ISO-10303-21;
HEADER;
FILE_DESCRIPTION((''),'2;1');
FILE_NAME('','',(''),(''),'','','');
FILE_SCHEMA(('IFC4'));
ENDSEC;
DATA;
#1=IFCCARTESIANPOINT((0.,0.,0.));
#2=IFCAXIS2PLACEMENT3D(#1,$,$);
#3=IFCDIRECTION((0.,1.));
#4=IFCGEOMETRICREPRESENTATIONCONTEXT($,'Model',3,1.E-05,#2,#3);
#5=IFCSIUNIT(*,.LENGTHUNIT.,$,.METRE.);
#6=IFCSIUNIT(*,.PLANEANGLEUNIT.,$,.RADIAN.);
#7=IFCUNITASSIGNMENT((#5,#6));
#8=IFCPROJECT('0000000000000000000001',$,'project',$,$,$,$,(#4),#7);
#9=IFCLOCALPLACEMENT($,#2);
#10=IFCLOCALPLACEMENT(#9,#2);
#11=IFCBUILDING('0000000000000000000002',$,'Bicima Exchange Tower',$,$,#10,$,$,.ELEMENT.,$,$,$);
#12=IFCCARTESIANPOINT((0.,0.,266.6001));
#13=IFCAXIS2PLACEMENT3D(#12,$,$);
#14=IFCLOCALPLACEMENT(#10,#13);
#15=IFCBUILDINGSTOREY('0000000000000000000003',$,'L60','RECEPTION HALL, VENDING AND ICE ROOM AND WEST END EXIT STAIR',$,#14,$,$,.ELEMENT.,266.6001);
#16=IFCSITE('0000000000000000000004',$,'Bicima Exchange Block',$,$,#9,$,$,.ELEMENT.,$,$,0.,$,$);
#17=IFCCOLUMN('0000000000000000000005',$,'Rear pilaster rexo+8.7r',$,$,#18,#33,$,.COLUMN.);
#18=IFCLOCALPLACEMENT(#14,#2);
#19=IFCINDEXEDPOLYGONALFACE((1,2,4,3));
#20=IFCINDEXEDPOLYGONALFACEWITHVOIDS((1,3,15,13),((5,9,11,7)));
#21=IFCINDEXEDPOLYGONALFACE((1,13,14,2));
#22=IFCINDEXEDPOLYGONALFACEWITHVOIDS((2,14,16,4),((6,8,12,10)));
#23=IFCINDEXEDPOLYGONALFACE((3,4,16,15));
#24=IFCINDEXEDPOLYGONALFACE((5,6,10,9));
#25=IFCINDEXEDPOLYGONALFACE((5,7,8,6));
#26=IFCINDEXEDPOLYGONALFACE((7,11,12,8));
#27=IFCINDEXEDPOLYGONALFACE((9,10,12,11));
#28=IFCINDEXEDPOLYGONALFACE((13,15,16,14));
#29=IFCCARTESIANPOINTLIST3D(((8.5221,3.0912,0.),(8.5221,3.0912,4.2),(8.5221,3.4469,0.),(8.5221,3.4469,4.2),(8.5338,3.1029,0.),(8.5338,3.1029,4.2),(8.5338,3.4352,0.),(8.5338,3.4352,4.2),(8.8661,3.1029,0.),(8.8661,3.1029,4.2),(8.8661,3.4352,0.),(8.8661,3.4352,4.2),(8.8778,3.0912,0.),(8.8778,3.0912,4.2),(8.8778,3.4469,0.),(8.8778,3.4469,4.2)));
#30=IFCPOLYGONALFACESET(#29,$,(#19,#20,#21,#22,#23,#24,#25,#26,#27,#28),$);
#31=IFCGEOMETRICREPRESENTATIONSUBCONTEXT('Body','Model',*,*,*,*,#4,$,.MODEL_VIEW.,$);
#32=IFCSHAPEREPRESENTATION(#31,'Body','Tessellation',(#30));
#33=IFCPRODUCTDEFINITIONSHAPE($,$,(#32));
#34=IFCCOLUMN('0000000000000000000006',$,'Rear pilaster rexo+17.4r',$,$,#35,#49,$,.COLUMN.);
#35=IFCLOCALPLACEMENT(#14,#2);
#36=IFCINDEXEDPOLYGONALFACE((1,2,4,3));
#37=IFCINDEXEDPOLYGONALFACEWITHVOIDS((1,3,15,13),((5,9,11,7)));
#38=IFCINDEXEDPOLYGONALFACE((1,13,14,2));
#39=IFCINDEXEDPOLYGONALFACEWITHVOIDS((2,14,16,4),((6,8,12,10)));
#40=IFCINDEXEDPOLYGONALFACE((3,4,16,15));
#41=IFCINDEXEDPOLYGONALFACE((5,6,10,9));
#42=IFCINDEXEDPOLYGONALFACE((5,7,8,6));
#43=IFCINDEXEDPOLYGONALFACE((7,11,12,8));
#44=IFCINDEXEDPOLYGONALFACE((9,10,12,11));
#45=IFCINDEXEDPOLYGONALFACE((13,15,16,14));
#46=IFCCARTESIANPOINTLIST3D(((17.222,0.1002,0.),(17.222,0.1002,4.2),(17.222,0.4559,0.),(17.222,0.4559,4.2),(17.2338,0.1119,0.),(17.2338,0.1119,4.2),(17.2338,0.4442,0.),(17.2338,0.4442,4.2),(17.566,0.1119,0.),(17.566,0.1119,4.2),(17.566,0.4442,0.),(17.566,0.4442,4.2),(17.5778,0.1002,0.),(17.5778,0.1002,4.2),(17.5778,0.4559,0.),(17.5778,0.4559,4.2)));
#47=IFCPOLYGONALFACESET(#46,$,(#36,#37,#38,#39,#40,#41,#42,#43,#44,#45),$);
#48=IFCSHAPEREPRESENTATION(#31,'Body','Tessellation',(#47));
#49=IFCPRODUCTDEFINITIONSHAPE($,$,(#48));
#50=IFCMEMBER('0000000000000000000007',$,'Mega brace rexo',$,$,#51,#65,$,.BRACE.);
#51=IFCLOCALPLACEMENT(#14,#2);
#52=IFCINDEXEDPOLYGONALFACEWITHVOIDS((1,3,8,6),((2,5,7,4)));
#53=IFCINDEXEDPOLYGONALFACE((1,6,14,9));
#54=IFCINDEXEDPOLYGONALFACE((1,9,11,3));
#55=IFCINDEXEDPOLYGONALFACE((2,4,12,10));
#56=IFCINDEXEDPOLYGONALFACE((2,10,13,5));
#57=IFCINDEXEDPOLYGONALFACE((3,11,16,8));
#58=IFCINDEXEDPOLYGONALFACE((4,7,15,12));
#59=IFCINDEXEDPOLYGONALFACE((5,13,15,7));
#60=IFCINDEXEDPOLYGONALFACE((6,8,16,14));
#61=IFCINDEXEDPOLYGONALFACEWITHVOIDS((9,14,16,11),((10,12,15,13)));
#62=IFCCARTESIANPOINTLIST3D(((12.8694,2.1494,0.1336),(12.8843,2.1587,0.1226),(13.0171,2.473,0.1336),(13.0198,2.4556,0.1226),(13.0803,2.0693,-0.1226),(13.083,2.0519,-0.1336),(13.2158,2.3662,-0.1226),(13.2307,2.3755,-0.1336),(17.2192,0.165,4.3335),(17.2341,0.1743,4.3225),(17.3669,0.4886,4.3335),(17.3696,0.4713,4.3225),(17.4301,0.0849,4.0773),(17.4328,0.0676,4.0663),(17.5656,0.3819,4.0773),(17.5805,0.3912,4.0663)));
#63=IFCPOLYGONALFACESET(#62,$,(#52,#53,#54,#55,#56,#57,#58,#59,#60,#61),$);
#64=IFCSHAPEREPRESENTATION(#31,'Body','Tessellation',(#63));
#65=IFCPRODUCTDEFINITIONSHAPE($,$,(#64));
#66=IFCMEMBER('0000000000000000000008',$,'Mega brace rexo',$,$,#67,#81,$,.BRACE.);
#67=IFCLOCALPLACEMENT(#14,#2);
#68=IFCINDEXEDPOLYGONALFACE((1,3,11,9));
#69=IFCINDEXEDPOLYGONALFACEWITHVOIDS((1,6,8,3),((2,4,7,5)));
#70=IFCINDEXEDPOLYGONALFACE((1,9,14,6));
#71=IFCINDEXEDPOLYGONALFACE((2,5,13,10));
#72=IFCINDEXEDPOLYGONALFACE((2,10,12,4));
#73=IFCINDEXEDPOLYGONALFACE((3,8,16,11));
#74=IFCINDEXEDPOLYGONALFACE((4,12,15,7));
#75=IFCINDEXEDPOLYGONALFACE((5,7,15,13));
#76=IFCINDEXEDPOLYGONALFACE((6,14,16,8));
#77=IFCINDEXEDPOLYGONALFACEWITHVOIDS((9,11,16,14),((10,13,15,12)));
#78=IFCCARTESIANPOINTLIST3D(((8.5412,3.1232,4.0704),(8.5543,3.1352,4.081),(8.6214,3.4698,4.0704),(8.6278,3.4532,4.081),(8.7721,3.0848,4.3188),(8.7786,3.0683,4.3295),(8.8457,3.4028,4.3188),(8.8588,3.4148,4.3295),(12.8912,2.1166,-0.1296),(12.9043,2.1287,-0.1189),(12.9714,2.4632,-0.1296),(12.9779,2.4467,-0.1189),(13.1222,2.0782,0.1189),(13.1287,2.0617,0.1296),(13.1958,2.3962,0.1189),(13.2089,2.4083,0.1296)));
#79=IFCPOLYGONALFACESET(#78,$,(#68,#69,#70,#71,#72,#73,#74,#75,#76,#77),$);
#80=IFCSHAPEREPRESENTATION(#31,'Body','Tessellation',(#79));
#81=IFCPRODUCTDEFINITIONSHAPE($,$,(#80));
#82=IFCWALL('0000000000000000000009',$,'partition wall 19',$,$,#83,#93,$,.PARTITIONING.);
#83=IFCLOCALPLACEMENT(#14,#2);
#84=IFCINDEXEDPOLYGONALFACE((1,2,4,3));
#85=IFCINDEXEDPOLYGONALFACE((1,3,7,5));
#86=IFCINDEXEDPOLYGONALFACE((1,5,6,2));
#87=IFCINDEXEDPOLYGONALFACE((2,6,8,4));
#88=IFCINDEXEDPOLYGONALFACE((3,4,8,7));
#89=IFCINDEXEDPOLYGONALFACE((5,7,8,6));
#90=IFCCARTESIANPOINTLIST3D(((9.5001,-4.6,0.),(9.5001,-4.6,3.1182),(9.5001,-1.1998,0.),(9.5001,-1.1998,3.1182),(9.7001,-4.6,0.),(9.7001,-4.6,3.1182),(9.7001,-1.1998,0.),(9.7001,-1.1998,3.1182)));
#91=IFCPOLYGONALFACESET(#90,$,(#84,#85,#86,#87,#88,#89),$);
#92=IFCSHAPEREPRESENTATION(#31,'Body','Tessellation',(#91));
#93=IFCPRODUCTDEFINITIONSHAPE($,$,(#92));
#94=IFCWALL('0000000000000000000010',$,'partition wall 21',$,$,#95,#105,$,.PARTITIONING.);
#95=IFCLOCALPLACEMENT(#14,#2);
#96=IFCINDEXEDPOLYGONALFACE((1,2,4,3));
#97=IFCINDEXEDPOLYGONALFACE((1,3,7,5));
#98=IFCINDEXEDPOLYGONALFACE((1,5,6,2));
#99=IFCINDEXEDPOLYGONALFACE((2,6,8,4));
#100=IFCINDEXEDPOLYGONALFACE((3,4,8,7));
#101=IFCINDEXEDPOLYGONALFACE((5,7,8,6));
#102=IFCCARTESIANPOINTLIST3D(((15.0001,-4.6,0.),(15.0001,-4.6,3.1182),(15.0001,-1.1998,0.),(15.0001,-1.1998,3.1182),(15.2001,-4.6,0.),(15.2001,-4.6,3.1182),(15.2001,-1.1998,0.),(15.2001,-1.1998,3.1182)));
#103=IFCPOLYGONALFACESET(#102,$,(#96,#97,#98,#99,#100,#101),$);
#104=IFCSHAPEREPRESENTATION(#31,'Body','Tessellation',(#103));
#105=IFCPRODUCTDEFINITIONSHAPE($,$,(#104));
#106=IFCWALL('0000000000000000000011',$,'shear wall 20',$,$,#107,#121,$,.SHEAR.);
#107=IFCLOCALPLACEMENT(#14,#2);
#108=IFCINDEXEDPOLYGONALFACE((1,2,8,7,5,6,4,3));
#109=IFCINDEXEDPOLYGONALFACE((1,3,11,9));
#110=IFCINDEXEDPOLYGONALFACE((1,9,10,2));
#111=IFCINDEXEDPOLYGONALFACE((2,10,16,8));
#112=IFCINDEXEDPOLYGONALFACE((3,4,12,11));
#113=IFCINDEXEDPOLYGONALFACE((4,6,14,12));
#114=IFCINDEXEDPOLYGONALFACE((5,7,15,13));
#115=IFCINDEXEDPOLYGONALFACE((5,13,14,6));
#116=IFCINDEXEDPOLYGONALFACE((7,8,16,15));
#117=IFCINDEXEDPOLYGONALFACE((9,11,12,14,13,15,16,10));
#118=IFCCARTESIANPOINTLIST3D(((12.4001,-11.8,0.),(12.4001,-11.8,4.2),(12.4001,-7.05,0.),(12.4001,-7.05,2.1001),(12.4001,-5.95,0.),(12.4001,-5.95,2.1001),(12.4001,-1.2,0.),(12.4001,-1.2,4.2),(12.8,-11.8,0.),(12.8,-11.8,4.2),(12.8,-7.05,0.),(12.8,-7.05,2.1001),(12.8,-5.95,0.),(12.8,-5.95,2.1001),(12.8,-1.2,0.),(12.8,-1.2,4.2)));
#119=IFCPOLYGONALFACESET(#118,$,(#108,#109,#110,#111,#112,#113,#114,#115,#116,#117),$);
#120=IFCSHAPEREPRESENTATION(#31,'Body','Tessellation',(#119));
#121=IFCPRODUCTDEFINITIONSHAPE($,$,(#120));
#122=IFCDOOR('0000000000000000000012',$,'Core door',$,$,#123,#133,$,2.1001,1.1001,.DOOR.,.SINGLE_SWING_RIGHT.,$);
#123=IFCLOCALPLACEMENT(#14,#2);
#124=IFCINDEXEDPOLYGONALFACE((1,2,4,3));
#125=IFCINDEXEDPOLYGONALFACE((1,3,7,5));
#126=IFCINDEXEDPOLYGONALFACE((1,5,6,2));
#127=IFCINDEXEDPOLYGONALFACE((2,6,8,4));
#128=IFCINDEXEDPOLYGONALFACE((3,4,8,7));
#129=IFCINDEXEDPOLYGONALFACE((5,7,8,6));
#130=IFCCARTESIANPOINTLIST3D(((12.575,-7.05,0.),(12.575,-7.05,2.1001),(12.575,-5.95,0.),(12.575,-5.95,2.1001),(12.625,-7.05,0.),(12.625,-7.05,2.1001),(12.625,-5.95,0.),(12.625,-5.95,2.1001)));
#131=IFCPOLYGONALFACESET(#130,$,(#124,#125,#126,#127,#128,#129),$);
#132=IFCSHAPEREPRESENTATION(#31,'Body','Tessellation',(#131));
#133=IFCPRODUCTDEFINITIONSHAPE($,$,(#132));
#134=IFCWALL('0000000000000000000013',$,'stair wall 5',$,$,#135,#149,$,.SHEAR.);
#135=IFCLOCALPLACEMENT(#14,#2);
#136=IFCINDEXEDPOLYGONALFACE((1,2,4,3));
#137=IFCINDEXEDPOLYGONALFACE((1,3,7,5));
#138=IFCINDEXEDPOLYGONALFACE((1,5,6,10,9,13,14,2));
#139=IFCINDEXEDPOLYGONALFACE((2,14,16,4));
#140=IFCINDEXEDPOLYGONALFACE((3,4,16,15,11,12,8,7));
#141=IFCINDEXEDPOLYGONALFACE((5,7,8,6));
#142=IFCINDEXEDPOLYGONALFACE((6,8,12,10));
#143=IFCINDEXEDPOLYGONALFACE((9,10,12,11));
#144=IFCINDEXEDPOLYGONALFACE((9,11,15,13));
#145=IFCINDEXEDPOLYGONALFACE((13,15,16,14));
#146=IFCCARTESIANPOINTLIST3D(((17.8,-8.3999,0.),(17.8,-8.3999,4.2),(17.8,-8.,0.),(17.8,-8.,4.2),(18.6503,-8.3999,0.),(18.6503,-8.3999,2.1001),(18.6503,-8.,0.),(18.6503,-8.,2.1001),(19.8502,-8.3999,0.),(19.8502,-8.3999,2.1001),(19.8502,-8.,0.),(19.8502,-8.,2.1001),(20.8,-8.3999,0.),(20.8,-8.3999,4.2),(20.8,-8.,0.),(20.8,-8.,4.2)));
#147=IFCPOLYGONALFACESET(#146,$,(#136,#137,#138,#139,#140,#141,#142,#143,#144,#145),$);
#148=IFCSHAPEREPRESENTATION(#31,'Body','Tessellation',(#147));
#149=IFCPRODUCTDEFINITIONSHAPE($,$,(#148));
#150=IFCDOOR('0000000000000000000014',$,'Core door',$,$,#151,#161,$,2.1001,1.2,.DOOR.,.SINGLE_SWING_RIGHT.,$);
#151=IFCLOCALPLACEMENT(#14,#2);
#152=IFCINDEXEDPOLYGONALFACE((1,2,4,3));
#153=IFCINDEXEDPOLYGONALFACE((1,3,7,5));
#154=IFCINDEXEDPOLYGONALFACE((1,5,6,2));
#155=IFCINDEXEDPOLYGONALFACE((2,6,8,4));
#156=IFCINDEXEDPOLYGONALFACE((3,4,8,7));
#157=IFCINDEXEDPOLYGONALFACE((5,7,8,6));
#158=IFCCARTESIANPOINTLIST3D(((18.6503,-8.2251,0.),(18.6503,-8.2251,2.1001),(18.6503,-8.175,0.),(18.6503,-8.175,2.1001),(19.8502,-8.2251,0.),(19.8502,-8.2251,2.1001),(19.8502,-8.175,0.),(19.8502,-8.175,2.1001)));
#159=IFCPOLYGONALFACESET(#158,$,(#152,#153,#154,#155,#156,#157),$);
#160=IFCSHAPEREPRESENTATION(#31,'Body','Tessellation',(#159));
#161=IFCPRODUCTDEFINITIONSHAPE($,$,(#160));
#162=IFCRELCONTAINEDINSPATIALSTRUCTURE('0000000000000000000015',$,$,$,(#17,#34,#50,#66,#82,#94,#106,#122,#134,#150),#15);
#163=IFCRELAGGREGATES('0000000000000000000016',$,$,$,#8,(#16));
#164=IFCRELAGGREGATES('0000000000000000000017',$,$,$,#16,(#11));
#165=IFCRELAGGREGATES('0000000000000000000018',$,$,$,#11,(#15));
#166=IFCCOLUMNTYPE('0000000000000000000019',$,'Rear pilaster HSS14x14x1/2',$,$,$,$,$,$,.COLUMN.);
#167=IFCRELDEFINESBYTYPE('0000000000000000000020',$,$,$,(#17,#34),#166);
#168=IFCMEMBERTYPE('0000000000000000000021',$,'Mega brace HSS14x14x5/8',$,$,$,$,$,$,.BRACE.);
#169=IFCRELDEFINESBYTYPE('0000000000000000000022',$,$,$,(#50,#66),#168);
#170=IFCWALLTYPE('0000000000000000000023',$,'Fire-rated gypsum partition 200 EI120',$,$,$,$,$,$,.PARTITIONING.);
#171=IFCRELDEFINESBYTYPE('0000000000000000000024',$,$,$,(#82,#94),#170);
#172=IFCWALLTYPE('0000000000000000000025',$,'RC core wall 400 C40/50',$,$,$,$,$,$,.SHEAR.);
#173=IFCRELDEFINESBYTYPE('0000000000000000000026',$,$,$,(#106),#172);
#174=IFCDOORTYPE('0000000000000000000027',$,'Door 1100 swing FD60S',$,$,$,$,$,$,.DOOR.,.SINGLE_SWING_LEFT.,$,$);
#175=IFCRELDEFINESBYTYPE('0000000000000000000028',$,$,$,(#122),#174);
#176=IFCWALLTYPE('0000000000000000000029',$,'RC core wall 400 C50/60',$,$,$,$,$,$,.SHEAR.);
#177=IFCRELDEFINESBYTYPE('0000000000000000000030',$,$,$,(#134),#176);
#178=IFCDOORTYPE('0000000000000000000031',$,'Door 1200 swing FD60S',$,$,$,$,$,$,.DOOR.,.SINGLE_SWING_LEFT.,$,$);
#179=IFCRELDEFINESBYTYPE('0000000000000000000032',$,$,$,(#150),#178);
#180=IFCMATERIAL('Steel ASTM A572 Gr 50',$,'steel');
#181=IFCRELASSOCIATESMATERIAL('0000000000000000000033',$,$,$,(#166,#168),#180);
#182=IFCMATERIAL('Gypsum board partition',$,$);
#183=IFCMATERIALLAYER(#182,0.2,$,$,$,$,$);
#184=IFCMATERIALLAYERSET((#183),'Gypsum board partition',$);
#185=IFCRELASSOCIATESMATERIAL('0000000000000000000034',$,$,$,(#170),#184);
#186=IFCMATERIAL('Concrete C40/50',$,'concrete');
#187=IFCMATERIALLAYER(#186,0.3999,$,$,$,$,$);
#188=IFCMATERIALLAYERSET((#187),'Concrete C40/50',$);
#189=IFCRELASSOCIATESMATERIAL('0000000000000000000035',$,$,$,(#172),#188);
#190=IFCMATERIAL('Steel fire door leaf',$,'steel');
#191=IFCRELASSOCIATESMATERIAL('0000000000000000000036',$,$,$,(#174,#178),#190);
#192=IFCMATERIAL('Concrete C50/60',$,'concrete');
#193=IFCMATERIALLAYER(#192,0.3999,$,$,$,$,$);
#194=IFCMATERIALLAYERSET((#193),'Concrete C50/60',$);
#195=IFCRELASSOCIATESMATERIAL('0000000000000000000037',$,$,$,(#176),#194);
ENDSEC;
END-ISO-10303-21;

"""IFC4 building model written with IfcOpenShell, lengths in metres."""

from ifc_helpers import new_model, si_unit, direction, frame, frame_2d, origin, origin_2d, place, context, subcontext, project, spatial, rectangle, hollow_rectangle, extrude, material, layer, layer_set, material_profile, profile_set, type_object, element, fill, save


model = new_model("IFC4")

# Units and contexts
model_context = context("Model", 3, precision=1e-05, world=origin(), true_north=direction((0.0, 1.0)))
body_context = subcontext(model_context, "Body", "Model", "MODEL_VIEW")
ifc_project = project(units=[si_unit("LENGTHUNIT", "METRE"), si_unit("PLANEANGLEUNIT", "RADIAN")], contexts=[model_context])

# Site, building, storey
site_placement = place(None, origin())
site = spatial("IfcSite", under=ifc_project, at=site_placement, Name="Bicima Exchange Block", CompositionType="ELEMENT", RefElevation=0.0)
building_placement = place(site_placement, origin())
building = spatial("IfcBuilding", under=site, at=building_placement, Name="Bicima Exchange Tower", CompositionType="ELEMENT")
storey_placement = place(building_placement, frame((0.0, 0.0, 266.6001)))
storey = spatial("IfcBuildingStorey", under=building, at=storey_placement, Name="L60", Description="RECEPTION HALL, VENDING AND ICE ROOM AND WEST END EXIT STAIR", CompositionType="ELEMENT", Elevation=266.6001)

# Columns
ifc_material_1 = material(Name="Steel ASTM A572 Gr 50", Category="steel")
ifc_material_profile_1 = material_profile(ifc_material_1, hollow_rectangle(XDim=0.3557, YDim=0.3557, WallThickness=0.0117, at=origin_2d()))
ifc_profile_set_1 = profile_set([ifc_material_profile_1], Name="Steel ASTM A572 Gr 50")
column_type = type_object("IfcColumnType", Name="Rear pilaster HSS14x14x1/2", PredefinedType="COLUMN", material=ifc_profile_set_1)
for number, where, z_axis, x_axis, name in (
    (1, (8.7, 3.269, 0.0), (0.0, 0.0, 1.0), (1.0, 0.0, 0.0), "Rear pilaster rexo+8.7r"),
    (2, (17.3999, 0.2781, 0.0), (0.0, 0.0, 1.0), (1.0, 0.0, 0.0), "Rear pilaster rexo+17.4r"),
):
    element("IfcColumn", number, at=place(storey_placement, frame(where, z_axis=z_axis, x_axis=x_axis)), inside=storey, type_object=column_type, Name=name, PredefinedType="COLUMN", context=body_context, shape_type="SweptSolid", body=[
        extrude(hollow_rectangle(XDim=0.3557, YDim=0.3557, WallThickness=0.0117, at=origin_2d()), origin(), (0.0, 0.0, 1.0), 4.2),
    ])

# Members
ifc_material_profile_2 = material_profile(ifc_material_1, hollow_rectangle(XDim=0.3557, YDim=0.3557, WallThickness=0.0146, at=origin_2d()))
ifc_profile_set_2 = profile_set([ifc_material_profile_2], Name="Steel ASTM A572 Gr 50")
member_type = type_object("IfcMemberType", Name="Mega brace HSS14x14x5/8", PredefinedType="BRACE", material=ifc_profile_set_2)
member_1_placement = place(storey_placement, frame((13.05, 2.2625, 0.0), z_axis=(0.683526, -0.31182, 0.65997), x_axis=(0.415045, 0.909801, 0.0)))
element("IfcMember", 3, at=member_1_placement, inside=storey, type_object=member_type, Name="Mega brace rexo", PredefinedType="BRACE", context=body_context, shape_type="SweptSolid", body=[
    extrude(hollow_rectangle(XDim=0.3557, YDim=0.3557, WallThickness=0.0146, at=origin_2d()), origin(), (0.0, 0.0, 1.0), 6.3638),
])
member_2_placement = place(storey_placement, frame((13.05, 2.2625, 0.0), z_axis=(-0.709648, 0.164209, 0.685154), x_axis=(-0.225439, -0.974257, 0.0)))
element("IfcMember", 4, at=member_2_placement, inside=storey, type_object=member_type, Name="Mega brace rexo", PredefinedType="BRACE", context=body_context, shape_type="SweptSolid", body=[
    extrude(hollow_rectangle(XDim=0.3557, YDim=0.3557, WallThickness=0.0146, at=origin_2d()), origin(), (0.0, 0.0, 1.0), 6.1299),
])

# Walls
ifc_material_2 = material(Name="Gypsum board partition")
ifc_layer_1 = layer(ifc_material_2, 0.2)
ifc_layer_set_1 = layer_set([ifc_layer_1], Name="Gypsum board partition")
wall_type_1 = type_object("IfcWallType", Name="Fire-rated gypsum partition 200 EI120", PredefinedType="PARTITIONING", material=ifc_layer_set_1)
for number, where, z_axis, x_axis, name in (
    (5, (9.6001, -4.6001, 0.0), (0.0, 0.0, 1.0), (0.0, 1.0, 0.0), "partition wall 19"),
    (6, (15.1001, -4.6001, 0.0), (0.0, 0.0, 1.0), (0.0, 1.0, 0.0), "partition wall 21"),
):
    element("IfcWall", number, at=place(storey_placement, frame(where, z_axis=z_axis, x_axis=x_axis)), inside=storey, type_object=wall_type_1, Name=name, PredefinedType="PARTITIONING", context=body_context, shape_type="SweptSolid", body=[
        extrude(rectangle(XDim=3.4001, YDim=0.2, at=frame_2d((1.7002, 0.0))), origin(), (0.0, 0.0, 1.0), 3.1182),
    ])

# Walls, openings, doors
ifc_material_3 = material(Name="Concrete C40/50", Category="concrete")
ifc_layer_2 = layer(ifc_material_3, 0.3999)
ifc_layer_set_2 = layer_set([ifc_layer_2], Name="Concrete C40/50")
wall_type_2 = type_object("IfcWallType", Name="RC core wall 400 C40/50", PredefinedType="SHEAR", material=ifc_layer_set_2)
wall_1_placement = place(storey_placement, frame((12.6001, -11.8, 0.0), z_axis=(0.0, 0.0, 1.0), x_axis=(0.0, 1.0, 0.0)))
wall_1 = element("IfcWall", 7, at=wall_1_placement, inside=storey, type_object=wall_type_2, Name="shear wall 20", PredefinedType="SHEAR", context=body_context, shape_type="SweptSolid", body=[
    extrude(rectangle(XDim=10.6001, YDim=0.3999, at=frame_2d((5.3, 0.0))), origin(), (0.0, 0.0, 1.0), 4.2),
])
opening_1_placement = place(wall_1_placement, frame((4.75, 0.0, 0.0)))
opening_1 = element("IfcOpeningElement", 8, at=opening_1_placement, cuts=wall_1, PredefinedType="OPENING", context=body_context, shape_type="SweptSolid", body=[
    extrude(rectangle(XDim=1.1001, YDim=2.1001, at=frame_2d((0.55, 1.05))), frame((0.0, 0.2119, 0.0), z_axis=(0.0, -1.0, 0.0), x_axis=(1.0, 0.0, 0.0)), (0.0, 0.0, 1.0), 0.4238),
])
ifc_material_4 = material(Name="Steel fire door leaf", Category="steel")
door_type_1 = type_object("IfcDoorType", Name="Door 1100 swing FD60S", OperationType="SINGLE_SWING_LEFT", PredefinedType="DOOR", material=ifc_material_4)
door_1_placement = place(opening_1_placement, frame((1.1001, 0.0, 0.0), z_axis=(0.0, 0.0, 1.0), x_axis=(-1.0, 0.0, 0.0)))
door_1 = element("IfcDoor", 9, at=door_1_placement, inside=storey, type_object=door_type_1, Name="Core door", OperationType="SINGLE_SWING_RIGHT", OverallHeight=2.1001, OverallWidth=1.1001, PredefinedType="DOOR", context=body_context, shape_type="SweptSolid", body=[
    extrude(rectangle(XDim=1.1001, YDim=2.1001, at=frame_2d((0.55, 1.05))), frame((0.0, 0.0249, 0.0), z_axis=(0.0, -1.0, 0.0), x_axis=(1.0, 0.0, 0.0)), (0.0, 0.0, 1.0), 0.05),
])
fill(opening_1, door_1)
ifc_material_5 = material(Name="Concrete C50/60", Category="concrete")
ifc_layer_3 = layer(ifc_material_5, 0.3999)
ifc_layer_set_3 = layer_set([ifc_layer_3], Name="Concrete C50/60")
wall_type_3 = type_object("IfcWallType", Name="RC core wall 400 C50/60", PredefinedType="SHEAR", material=ifc_layer_set_3)
wall_2_placement = place(storey_placement, frame((17.8, -8.2, 0.0), z_axis=(0.0, 0.0, 1.0), x_axis=(1.0, 0.0, 0.0)))
wall_2 = element("IfcWall", 10, at=wall_2_placement, inside=storey, type_object=wall_type_3, Name="stair wall 5", PredefinedType="SHEAR", context=body_context, shape_type="SweptSolid", body=[
    extrude(rectangle(XDim=3.0, YDim=0.3999, at=frame_2d((1.5, 0.0))), origin(), (0.0, 0.0, 1.0), 4.2),
])
opening_2_placement = place(wall_2_placement, frame((0.8501, 0.0, 0.0)))
opening_2 = element("IfcOpeningElement", 11, at=opening_2_placement, cuts=wall_2, PredefinedType="OPENING", context=body_context, shape_type="SweptSolid", body=[
    extrude(rectangle(XDim=1.2, YDim=2.1001, at=frame_2d((0.6001, 1.05))), frame((0.0, 0.2119, 0.0), z_axis=(0.0, -1.0, 0.0), x_axis=(1.0, 0.0, 0.0)), (0.0, 0.0, 1.0), 0.4238),
])
door_type_2 = type_object("IfcDoorType", Name="Door 1200 swing FD60S", OperationType="SINGLE_SWING_LEFT", PredefinedType="DOOR", material=ifc_material_4)
door_2_placement = place(opening_2_placement, origin())
door_2 = element("IfcDoor", 12, at=door_2_placement, inside=storey, type_object=door_type_2, Name="Core door", OperationType="SINGLE_SWING_RIGHT", OverallHeight=2.1001, OverallWidth=1.2, PredefinedType="DOOR", context=body_context, shape_type="SweptSolid", body=[
    extrude(rectangle(XDim=1.2, YDim=2.1001, at=frame_2d((0.6001, 1.05))), frame((0.0, 0.0249, 0.0), z_axis=(0.0, -1.0, 0.0), x_axis=(1.0, 0.0, 0.0)), (0.0, 0.0, 1.0), 0.05),
])
fill(opening_2, door_2)

save(model, "model.ifc")
